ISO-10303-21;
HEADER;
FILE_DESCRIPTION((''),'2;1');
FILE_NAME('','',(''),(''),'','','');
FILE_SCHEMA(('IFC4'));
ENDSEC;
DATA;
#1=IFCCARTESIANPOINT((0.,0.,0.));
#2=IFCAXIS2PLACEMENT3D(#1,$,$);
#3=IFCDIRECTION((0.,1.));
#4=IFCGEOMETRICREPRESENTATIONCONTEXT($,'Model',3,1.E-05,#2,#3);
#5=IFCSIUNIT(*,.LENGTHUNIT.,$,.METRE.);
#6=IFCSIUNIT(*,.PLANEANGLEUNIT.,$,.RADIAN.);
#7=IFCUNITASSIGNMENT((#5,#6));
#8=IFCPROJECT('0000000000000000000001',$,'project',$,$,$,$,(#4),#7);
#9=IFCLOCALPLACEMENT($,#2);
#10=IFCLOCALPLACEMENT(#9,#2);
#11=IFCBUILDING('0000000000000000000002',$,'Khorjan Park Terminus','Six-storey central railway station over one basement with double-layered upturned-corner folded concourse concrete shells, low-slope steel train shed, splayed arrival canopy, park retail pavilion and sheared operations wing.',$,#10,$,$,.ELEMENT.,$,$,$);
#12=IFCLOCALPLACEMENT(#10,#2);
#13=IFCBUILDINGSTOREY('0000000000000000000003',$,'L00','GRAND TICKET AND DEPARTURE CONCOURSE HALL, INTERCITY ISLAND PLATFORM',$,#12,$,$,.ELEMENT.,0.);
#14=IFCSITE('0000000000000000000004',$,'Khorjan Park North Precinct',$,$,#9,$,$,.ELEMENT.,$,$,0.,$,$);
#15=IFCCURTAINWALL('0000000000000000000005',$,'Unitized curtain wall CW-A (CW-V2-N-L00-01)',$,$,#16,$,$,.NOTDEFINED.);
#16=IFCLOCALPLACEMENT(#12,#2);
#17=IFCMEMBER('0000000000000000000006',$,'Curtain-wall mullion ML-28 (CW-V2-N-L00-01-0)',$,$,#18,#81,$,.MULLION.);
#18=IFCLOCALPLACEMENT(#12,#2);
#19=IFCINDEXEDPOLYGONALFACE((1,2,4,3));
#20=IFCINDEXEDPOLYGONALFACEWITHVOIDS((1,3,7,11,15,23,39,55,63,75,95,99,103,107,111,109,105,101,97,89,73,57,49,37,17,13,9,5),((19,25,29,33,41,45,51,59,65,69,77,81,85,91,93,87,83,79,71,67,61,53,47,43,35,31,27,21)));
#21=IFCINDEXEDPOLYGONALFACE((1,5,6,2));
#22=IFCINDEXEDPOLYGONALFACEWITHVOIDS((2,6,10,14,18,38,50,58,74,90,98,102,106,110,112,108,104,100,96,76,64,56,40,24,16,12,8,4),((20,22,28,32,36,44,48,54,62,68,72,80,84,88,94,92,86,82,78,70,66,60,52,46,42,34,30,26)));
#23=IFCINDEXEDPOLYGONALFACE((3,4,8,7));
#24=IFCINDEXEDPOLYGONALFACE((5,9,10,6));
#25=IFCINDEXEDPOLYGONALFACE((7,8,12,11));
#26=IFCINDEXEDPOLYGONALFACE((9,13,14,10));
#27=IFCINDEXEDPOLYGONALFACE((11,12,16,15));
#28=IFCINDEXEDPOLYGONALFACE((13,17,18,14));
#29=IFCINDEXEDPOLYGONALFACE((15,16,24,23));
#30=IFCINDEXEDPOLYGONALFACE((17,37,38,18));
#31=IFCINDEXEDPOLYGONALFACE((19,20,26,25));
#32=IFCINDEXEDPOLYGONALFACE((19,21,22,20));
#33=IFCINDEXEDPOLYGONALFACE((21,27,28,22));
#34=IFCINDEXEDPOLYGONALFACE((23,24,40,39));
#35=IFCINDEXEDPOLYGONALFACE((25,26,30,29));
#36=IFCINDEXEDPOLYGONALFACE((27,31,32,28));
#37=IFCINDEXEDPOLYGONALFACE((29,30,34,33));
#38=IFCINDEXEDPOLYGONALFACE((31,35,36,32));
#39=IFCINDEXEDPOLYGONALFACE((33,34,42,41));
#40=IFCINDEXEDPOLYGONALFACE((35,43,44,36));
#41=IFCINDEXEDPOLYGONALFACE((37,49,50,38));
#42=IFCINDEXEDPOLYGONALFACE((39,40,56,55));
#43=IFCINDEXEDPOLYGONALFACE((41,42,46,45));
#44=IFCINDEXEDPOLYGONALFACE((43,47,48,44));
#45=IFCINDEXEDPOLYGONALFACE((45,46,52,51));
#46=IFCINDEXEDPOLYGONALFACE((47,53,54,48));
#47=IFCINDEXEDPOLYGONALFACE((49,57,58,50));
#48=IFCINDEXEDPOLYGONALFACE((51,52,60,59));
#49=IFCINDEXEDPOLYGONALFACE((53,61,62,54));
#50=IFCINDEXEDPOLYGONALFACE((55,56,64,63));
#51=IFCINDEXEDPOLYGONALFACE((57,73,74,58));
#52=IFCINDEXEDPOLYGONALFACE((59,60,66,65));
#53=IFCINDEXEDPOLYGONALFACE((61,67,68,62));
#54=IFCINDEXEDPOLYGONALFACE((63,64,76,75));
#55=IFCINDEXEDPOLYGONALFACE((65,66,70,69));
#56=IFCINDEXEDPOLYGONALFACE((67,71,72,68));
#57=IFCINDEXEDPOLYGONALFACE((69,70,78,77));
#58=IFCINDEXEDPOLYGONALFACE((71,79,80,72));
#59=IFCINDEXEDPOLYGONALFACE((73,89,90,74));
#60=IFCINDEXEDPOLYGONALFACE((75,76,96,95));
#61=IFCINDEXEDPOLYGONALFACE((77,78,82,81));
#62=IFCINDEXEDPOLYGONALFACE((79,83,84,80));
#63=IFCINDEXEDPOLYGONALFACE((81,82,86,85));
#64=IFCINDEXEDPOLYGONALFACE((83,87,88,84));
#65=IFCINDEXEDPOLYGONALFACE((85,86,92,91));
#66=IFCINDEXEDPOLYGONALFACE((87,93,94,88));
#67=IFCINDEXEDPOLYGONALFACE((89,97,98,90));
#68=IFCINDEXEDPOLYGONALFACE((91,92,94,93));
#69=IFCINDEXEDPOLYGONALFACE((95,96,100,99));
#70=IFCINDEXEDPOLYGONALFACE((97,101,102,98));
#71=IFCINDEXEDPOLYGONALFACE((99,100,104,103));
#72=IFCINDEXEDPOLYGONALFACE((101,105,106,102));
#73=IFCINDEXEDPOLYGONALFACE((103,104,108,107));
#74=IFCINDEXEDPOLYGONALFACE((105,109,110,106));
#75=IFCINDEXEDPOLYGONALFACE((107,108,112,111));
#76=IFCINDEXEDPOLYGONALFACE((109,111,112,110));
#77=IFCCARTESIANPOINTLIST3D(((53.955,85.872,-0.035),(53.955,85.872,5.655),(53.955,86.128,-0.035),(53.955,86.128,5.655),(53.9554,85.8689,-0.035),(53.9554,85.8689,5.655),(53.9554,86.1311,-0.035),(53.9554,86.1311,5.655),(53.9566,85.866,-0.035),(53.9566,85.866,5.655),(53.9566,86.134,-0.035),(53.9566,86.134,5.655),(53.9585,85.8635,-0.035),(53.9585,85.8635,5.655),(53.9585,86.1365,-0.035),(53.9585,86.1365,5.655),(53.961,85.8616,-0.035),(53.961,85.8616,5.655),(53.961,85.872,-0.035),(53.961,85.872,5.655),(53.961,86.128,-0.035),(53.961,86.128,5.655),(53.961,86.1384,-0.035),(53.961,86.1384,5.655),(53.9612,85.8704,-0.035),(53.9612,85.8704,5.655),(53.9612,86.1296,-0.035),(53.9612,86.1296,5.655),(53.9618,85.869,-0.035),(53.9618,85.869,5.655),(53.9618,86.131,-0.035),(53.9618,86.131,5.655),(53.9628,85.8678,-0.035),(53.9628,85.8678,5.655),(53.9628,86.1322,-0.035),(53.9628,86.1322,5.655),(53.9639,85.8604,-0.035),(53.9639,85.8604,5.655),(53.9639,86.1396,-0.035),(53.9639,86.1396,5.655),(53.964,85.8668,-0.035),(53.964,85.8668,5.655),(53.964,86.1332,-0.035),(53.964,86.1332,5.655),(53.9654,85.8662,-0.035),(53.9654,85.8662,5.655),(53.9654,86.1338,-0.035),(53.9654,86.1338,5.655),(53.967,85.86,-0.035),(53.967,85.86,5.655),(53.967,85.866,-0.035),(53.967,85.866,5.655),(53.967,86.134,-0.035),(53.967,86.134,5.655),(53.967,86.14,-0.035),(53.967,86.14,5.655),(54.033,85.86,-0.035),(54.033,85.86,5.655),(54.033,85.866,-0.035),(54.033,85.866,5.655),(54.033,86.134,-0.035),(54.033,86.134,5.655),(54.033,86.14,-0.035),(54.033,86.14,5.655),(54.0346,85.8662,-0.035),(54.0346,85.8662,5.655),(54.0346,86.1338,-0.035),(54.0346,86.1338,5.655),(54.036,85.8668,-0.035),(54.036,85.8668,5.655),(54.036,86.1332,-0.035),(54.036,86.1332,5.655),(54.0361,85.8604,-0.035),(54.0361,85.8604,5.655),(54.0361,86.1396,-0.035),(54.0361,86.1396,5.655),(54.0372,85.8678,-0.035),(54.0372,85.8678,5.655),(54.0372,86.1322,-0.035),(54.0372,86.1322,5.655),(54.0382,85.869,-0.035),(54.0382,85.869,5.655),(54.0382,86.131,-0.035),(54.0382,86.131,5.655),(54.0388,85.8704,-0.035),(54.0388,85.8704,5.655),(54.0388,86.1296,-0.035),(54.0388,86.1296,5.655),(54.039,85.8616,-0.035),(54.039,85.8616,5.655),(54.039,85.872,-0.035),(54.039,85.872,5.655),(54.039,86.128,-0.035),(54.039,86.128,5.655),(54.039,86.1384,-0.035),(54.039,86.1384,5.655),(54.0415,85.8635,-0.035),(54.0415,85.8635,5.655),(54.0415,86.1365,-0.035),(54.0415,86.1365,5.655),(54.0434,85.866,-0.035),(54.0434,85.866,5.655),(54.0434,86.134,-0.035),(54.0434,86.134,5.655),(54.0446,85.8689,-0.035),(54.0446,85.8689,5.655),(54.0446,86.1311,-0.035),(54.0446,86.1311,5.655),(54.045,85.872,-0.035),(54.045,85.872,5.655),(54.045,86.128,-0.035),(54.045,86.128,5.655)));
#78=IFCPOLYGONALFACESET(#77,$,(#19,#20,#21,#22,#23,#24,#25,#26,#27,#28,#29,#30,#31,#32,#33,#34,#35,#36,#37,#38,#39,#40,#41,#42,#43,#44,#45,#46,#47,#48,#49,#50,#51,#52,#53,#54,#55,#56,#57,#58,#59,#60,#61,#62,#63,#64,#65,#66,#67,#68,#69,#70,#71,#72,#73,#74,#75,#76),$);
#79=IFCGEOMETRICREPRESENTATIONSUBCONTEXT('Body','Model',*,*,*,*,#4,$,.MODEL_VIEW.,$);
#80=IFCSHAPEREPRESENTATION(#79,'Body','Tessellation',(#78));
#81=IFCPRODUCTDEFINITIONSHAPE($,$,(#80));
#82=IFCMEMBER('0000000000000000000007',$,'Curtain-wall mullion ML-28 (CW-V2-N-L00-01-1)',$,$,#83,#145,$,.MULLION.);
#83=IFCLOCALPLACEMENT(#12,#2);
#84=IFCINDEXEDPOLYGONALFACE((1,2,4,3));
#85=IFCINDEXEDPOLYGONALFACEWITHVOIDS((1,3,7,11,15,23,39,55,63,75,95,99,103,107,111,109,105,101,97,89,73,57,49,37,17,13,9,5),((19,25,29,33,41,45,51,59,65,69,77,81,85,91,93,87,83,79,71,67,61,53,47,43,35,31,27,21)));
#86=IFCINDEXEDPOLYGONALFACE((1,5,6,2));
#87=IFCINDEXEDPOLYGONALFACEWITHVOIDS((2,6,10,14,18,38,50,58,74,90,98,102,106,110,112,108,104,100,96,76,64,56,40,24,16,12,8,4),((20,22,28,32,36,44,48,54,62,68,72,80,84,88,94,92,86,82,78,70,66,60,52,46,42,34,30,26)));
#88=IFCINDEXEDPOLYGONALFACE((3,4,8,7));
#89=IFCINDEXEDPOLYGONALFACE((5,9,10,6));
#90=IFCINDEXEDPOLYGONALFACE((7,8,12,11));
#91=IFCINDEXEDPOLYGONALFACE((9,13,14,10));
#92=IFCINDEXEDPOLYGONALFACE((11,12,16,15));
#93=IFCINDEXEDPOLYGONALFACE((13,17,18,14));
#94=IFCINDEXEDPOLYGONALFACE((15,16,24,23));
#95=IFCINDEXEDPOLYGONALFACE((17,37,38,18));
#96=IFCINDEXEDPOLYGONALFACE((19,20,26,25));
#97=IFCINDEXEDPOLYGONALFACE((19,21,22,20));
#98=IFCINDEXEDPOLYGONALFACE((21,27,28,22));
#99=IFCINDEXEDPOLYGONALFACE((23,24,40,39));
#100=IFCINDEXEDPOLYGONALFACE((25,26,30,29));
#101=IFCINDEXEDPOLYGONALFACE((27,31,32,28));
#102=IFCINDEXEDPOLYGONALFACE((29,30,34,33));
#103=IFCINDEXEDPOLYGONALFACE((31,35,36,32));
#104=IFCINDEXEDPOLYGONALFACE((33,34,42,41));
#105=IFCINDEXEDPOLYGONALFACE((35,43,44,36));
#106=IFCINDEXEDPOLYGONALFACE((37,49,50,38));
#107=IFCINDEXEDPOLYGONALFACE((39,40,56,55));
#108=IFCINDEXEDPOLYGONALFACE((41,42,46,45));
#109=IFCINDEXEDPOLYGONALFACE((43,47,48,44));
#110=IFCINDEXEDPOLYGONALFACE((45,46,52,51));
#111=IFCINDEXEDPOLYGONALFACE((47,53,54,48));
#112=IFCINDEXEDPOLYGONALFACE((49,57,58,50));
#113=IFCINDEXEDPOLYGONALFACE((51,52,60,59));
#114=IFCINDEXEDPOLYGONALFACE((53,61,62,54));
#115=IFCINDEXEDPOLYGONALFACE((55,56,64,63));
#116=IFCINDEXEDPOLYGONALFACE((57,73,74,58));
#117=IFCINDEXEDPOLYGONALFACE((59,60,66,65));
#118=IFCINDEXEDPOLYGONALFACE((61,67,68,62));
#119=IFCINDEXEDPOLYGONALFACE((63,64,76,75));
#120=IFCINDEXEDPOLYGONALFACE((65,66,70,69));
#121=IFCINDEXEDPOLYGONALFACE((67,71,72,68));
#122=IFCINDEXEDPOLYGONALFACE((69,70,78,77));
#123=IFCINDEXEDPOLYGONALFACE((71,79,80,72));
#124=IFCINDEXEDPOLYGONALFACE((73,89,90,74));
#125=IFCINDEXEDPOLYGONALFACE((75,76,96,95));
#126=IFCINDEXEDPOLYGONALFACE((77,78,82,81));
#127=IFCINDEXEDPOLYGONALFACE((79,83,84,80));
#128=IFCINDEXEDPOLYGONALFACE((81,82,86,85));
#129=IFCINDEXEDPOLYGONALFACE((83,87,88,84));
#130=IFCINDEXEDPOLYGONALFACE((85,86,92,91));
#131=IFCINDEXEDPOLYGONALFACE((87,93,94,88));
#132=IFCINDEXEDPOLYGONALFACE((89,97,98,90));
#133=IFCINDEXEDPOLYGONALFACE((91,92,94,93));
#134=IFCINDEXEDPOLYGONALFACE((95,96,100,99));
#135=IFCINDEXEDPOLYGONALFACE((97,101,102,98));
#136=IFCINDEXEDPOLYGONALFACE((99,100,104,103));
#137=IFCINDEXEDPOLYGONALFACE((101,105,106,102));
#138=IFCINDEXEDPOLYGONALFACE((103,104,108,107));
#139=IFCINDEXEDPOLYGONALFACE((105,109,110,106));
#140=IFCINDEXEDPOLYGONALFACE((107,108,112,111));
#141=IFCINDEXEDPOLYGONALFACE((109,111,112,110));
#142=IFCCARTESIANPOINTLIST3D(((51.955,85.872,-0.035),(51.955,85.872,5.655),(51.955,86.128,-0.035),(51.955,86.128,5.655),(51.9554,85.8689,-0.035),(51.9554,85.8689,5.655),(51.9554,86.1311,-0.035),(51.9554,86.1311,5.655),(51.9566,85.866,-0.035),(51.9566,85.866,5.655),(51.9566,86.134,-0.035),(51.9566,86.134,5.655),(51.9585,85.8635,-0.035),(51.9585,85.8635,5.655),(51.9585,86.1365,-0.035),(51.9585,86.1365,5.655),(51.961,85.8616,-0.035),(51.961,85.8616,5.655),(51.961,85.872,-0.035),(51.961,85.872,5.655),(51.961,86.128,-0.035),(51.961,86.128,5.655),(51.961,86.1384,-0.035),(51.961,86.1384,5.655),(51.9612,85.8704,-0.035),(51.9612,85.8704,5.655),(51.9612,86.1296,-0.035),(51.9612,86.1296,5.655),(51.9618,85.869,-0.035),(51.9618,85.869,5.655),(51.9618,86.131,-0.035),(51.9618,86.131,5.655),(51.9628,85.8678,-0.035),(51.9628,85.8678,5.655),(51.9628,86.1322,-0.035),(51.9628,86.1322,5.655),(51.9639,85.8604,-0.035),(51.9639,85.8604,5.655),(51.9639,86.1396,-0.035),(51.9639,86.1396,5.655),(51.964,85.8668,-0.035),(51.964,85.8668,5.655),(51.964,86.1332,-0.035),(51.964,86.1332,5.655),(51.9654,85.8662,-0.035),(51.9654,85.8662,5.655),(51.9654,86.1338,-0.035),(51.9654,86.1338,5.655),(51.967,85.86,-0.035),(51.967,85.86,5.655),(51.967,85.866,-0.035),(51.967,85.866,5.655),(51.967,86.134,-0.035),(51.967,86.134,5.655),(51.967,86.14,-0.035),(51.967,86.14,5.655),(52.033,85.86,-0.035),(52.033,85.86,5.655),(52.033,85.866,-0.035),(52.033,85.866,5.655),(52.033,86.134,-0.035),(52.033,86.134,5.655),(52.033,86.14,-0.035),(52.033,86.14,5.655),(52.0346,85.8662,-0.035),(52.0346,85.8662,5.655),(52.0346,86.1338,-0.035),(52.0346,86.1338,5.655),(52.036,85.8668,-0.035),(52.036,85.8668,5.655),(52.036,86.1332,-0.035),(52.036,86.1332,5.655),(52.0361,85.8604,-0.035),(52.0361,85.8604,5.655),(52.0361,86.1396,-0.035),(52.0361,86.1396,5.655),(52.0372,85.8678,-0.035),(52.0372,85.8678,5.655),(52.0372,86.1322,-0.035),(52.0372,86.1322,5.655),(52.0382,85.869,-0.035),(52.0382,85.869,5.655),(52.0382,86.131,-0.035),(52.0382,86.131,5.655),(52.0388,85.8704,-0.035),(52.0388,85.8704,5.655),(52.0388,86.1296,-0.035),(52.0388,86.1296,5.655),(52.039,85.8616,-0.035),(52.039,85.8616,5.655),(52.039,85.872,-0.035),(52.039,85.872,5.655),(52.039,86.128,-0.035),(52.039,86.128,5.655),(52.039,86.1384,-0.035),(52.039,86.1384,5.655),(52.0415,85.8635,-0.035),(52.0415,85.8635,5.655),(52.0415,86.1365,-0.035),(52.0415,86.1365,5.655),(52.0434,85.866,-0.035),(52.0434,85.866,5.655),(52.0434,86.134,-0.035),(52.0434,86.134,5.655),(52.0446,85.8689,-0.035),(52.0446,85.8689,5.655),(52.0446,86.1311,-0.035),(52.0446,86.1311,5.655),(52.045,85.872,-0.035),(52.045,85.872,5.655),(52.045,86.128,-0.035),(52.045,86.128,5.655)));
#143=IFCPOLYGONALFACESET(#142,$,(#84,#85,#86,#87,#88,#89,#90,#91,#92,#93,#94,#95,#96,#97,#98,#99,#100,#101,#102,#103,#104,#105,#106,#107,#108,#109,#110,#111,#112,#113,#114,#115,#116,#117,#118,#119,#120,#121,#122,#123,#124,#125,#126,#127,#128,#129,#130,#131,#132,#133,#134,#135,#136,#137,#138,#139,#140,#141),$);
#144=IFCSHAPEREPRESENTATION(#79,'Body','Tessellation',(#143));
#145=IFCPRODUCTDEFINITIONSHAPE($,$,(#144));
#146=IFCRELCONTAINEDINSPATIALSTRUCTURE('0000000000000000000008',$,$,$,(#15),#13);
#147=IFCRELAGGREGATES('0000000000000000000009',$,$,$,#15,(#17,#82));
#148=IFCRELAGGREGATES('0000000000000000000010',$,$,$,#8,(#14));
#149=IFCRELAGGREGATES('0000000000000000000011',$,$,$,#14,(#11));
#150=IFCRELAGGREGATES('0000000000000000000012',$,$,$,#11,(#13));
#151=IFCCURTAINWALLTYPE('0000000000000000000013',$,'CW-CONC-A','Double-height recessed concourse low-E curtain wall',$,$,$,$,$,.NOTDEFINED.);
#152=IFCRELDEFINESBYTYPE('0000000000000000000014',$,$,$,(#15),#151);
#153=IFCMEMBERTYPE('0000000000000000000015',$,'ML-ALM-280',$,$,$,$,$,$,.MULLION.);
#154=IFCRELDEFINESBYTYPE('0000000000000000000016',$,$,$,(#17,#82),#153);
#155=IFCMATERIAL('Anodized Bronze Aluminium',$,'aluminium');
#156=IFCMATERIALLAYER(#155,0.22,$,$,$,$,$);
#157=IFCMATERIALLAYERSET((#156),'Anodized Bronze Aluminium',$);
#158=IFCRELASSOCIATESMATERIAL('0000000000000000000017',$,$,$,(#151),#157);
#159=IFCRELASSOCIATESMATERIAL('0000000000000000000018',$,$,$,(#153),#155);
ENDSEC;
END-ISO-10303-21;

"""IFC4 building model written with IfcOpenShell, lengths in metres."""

from ifc_helpers import new_model, si_unit, direction, frame, origin, origin_2d, place, context, subcontext, project, spatial, hollow_rectangle, extrude, material, layer, layer_set, material_profile, profile_set, type_object, element, aggregate, save


model = new_model("IFC4")

# Units and contexts
model_context = context("Model", 3, precision=1e-05, world=origin(), true_north=direction((0.0, 1.0)))
body_context = subcontext(model_context, "Body", "Model", "MODEL_VIEW")
ifc_project = project(units=[si_unit("LENGTHUNIT", "METRE"), si_unit("PLANEANGLEUNIT", "RADIAN")], contexts=[model_context])

# Site, building, storey
site_placement = place(None, origin())
site = spatial("IfcSite", under=ifc_project, at=site_placement, Name="Khorjan Park North Precinct", CompositionType="ELEMENT", RefElevation=0.0)
building_placement = place(site_placement, origin())
building = spatial("IfcBuilding", under=site, at=building_placement, Name="Khorjan Park Terminus", Description="Six-storey central railway station over one basement with double-layered upturned-corner folded concourse concrete shells, low-slope steel train shed, splayed arrival canopy, park retail pavilion and sheared operations wing.", CompositionType="ELEMENT")
storey_placement = place(building_placement, origin())
storey = spatial("IfcBuildingStorey", under=building, at=storey_placement, Name="L00", Description="GRAND TICKET AND DEPARTURE CONCOURSE HALL, INTERCITY ISLAND PLATFORM", CompositionType="ELEMENT", Elevation=0.0)

# Curtain wall, members
ifc_material_1 = material(Name="Anodized Bronze Aluminium", Category="aluminium")
ifc_layer_1 = layer(ifc_material_1, 0.22)
ifc_layer_set_1 = layer_set([ifc_layer_1], Name="Anodized Bronze Aluminium")
curtain_wall_type_1 = type_object("IfcCurtainWallType", Name="CW-CONC-A", Description="Double-height recessed concourse low-E curtain wall", PredefinedType="NOTDEFINED", material=ifc_layer_set_1)
curtain_wall_1_placement = place(storey_placement, origin())
curtain_wall_1 = element("IfcCurtainWall", 1, at=curtain_wall_1_placement, inside=storey, type_object=curtain_wall_type_1, Name="Unitized curtain wall CW-A (CW-V2-N-L00-01)", PredefinedType="NOTDEFINED")
ifc_material_profile_1 = material_profile(ifc_material_1, hollow_rectangle(XDim=0.09, YDim=0.28, WallThickness=0.006, InnerFilletRadius=0.006, OuterFilletRadius=0.012, at=origin_2d()), Name="ALM 90x280x6")
ifc_profile_set_1 = profile_set([ifc_material_profile_1], Name="Anodized Bronze Aluminium")
member_type_1 = type_object("IfcMemberType", Name="ML-ALM-280", PredefinedType="MULLION", material=ifc_profile_set_1)
member_1_placement = place(storey_placement, frame((54.0, 86.0, -0.035), z_axis=(0.0, 0.0, 1.0), x_axis=(-1.0, 0.0, 0.0)))
member_1 = element("IfcMember", 2, at=member_1_placement, type_object=member_type_1, Name="Curtain-wall mullion ML-28 (CW-V2-N-L00-01-0)", PredefinedType="MULLION", context=body_context, shape_type="SweptSolid", body=[
    extrude(hollow_rectangle(XDim=0.09, YDim=0.28, WallThickness=0.006, InnerFilletRadius=0.006, OuterFilletRadius=0.012, at=origin_2d()), origin(), (0.0, 0.0, 1.0), 5.69),
])
member_2_placement = place(storey_placement, frame((52.0, 86.0, -0.035), z_axis=(0.0, 0.0, 1.0), x_axis=(-1.0, 0.0, 0.0)))
member_2 = element("IfcMember", 3, at=member_2_placement, type_object=member_type_1, Name="Curtain-wall mullion ML-28 (CW-V2-N-L00-01-1)", PredefinedType="MULLION", context=body_context, shape_type="SweptSolid", body=[
    extrude(hollow_rectangle(XDim=0.09, YDim=0.28, WallThickness=0.006, InnerFilletRadius=0.006, OuterFilletRadius=0.012, at=origin_2d()), origin(), (0.0, 0.0, 1.0), 5.69),
])

aggregate(curtain_wall_1, [member_1, member_2])

save(model, "model.ifc")
